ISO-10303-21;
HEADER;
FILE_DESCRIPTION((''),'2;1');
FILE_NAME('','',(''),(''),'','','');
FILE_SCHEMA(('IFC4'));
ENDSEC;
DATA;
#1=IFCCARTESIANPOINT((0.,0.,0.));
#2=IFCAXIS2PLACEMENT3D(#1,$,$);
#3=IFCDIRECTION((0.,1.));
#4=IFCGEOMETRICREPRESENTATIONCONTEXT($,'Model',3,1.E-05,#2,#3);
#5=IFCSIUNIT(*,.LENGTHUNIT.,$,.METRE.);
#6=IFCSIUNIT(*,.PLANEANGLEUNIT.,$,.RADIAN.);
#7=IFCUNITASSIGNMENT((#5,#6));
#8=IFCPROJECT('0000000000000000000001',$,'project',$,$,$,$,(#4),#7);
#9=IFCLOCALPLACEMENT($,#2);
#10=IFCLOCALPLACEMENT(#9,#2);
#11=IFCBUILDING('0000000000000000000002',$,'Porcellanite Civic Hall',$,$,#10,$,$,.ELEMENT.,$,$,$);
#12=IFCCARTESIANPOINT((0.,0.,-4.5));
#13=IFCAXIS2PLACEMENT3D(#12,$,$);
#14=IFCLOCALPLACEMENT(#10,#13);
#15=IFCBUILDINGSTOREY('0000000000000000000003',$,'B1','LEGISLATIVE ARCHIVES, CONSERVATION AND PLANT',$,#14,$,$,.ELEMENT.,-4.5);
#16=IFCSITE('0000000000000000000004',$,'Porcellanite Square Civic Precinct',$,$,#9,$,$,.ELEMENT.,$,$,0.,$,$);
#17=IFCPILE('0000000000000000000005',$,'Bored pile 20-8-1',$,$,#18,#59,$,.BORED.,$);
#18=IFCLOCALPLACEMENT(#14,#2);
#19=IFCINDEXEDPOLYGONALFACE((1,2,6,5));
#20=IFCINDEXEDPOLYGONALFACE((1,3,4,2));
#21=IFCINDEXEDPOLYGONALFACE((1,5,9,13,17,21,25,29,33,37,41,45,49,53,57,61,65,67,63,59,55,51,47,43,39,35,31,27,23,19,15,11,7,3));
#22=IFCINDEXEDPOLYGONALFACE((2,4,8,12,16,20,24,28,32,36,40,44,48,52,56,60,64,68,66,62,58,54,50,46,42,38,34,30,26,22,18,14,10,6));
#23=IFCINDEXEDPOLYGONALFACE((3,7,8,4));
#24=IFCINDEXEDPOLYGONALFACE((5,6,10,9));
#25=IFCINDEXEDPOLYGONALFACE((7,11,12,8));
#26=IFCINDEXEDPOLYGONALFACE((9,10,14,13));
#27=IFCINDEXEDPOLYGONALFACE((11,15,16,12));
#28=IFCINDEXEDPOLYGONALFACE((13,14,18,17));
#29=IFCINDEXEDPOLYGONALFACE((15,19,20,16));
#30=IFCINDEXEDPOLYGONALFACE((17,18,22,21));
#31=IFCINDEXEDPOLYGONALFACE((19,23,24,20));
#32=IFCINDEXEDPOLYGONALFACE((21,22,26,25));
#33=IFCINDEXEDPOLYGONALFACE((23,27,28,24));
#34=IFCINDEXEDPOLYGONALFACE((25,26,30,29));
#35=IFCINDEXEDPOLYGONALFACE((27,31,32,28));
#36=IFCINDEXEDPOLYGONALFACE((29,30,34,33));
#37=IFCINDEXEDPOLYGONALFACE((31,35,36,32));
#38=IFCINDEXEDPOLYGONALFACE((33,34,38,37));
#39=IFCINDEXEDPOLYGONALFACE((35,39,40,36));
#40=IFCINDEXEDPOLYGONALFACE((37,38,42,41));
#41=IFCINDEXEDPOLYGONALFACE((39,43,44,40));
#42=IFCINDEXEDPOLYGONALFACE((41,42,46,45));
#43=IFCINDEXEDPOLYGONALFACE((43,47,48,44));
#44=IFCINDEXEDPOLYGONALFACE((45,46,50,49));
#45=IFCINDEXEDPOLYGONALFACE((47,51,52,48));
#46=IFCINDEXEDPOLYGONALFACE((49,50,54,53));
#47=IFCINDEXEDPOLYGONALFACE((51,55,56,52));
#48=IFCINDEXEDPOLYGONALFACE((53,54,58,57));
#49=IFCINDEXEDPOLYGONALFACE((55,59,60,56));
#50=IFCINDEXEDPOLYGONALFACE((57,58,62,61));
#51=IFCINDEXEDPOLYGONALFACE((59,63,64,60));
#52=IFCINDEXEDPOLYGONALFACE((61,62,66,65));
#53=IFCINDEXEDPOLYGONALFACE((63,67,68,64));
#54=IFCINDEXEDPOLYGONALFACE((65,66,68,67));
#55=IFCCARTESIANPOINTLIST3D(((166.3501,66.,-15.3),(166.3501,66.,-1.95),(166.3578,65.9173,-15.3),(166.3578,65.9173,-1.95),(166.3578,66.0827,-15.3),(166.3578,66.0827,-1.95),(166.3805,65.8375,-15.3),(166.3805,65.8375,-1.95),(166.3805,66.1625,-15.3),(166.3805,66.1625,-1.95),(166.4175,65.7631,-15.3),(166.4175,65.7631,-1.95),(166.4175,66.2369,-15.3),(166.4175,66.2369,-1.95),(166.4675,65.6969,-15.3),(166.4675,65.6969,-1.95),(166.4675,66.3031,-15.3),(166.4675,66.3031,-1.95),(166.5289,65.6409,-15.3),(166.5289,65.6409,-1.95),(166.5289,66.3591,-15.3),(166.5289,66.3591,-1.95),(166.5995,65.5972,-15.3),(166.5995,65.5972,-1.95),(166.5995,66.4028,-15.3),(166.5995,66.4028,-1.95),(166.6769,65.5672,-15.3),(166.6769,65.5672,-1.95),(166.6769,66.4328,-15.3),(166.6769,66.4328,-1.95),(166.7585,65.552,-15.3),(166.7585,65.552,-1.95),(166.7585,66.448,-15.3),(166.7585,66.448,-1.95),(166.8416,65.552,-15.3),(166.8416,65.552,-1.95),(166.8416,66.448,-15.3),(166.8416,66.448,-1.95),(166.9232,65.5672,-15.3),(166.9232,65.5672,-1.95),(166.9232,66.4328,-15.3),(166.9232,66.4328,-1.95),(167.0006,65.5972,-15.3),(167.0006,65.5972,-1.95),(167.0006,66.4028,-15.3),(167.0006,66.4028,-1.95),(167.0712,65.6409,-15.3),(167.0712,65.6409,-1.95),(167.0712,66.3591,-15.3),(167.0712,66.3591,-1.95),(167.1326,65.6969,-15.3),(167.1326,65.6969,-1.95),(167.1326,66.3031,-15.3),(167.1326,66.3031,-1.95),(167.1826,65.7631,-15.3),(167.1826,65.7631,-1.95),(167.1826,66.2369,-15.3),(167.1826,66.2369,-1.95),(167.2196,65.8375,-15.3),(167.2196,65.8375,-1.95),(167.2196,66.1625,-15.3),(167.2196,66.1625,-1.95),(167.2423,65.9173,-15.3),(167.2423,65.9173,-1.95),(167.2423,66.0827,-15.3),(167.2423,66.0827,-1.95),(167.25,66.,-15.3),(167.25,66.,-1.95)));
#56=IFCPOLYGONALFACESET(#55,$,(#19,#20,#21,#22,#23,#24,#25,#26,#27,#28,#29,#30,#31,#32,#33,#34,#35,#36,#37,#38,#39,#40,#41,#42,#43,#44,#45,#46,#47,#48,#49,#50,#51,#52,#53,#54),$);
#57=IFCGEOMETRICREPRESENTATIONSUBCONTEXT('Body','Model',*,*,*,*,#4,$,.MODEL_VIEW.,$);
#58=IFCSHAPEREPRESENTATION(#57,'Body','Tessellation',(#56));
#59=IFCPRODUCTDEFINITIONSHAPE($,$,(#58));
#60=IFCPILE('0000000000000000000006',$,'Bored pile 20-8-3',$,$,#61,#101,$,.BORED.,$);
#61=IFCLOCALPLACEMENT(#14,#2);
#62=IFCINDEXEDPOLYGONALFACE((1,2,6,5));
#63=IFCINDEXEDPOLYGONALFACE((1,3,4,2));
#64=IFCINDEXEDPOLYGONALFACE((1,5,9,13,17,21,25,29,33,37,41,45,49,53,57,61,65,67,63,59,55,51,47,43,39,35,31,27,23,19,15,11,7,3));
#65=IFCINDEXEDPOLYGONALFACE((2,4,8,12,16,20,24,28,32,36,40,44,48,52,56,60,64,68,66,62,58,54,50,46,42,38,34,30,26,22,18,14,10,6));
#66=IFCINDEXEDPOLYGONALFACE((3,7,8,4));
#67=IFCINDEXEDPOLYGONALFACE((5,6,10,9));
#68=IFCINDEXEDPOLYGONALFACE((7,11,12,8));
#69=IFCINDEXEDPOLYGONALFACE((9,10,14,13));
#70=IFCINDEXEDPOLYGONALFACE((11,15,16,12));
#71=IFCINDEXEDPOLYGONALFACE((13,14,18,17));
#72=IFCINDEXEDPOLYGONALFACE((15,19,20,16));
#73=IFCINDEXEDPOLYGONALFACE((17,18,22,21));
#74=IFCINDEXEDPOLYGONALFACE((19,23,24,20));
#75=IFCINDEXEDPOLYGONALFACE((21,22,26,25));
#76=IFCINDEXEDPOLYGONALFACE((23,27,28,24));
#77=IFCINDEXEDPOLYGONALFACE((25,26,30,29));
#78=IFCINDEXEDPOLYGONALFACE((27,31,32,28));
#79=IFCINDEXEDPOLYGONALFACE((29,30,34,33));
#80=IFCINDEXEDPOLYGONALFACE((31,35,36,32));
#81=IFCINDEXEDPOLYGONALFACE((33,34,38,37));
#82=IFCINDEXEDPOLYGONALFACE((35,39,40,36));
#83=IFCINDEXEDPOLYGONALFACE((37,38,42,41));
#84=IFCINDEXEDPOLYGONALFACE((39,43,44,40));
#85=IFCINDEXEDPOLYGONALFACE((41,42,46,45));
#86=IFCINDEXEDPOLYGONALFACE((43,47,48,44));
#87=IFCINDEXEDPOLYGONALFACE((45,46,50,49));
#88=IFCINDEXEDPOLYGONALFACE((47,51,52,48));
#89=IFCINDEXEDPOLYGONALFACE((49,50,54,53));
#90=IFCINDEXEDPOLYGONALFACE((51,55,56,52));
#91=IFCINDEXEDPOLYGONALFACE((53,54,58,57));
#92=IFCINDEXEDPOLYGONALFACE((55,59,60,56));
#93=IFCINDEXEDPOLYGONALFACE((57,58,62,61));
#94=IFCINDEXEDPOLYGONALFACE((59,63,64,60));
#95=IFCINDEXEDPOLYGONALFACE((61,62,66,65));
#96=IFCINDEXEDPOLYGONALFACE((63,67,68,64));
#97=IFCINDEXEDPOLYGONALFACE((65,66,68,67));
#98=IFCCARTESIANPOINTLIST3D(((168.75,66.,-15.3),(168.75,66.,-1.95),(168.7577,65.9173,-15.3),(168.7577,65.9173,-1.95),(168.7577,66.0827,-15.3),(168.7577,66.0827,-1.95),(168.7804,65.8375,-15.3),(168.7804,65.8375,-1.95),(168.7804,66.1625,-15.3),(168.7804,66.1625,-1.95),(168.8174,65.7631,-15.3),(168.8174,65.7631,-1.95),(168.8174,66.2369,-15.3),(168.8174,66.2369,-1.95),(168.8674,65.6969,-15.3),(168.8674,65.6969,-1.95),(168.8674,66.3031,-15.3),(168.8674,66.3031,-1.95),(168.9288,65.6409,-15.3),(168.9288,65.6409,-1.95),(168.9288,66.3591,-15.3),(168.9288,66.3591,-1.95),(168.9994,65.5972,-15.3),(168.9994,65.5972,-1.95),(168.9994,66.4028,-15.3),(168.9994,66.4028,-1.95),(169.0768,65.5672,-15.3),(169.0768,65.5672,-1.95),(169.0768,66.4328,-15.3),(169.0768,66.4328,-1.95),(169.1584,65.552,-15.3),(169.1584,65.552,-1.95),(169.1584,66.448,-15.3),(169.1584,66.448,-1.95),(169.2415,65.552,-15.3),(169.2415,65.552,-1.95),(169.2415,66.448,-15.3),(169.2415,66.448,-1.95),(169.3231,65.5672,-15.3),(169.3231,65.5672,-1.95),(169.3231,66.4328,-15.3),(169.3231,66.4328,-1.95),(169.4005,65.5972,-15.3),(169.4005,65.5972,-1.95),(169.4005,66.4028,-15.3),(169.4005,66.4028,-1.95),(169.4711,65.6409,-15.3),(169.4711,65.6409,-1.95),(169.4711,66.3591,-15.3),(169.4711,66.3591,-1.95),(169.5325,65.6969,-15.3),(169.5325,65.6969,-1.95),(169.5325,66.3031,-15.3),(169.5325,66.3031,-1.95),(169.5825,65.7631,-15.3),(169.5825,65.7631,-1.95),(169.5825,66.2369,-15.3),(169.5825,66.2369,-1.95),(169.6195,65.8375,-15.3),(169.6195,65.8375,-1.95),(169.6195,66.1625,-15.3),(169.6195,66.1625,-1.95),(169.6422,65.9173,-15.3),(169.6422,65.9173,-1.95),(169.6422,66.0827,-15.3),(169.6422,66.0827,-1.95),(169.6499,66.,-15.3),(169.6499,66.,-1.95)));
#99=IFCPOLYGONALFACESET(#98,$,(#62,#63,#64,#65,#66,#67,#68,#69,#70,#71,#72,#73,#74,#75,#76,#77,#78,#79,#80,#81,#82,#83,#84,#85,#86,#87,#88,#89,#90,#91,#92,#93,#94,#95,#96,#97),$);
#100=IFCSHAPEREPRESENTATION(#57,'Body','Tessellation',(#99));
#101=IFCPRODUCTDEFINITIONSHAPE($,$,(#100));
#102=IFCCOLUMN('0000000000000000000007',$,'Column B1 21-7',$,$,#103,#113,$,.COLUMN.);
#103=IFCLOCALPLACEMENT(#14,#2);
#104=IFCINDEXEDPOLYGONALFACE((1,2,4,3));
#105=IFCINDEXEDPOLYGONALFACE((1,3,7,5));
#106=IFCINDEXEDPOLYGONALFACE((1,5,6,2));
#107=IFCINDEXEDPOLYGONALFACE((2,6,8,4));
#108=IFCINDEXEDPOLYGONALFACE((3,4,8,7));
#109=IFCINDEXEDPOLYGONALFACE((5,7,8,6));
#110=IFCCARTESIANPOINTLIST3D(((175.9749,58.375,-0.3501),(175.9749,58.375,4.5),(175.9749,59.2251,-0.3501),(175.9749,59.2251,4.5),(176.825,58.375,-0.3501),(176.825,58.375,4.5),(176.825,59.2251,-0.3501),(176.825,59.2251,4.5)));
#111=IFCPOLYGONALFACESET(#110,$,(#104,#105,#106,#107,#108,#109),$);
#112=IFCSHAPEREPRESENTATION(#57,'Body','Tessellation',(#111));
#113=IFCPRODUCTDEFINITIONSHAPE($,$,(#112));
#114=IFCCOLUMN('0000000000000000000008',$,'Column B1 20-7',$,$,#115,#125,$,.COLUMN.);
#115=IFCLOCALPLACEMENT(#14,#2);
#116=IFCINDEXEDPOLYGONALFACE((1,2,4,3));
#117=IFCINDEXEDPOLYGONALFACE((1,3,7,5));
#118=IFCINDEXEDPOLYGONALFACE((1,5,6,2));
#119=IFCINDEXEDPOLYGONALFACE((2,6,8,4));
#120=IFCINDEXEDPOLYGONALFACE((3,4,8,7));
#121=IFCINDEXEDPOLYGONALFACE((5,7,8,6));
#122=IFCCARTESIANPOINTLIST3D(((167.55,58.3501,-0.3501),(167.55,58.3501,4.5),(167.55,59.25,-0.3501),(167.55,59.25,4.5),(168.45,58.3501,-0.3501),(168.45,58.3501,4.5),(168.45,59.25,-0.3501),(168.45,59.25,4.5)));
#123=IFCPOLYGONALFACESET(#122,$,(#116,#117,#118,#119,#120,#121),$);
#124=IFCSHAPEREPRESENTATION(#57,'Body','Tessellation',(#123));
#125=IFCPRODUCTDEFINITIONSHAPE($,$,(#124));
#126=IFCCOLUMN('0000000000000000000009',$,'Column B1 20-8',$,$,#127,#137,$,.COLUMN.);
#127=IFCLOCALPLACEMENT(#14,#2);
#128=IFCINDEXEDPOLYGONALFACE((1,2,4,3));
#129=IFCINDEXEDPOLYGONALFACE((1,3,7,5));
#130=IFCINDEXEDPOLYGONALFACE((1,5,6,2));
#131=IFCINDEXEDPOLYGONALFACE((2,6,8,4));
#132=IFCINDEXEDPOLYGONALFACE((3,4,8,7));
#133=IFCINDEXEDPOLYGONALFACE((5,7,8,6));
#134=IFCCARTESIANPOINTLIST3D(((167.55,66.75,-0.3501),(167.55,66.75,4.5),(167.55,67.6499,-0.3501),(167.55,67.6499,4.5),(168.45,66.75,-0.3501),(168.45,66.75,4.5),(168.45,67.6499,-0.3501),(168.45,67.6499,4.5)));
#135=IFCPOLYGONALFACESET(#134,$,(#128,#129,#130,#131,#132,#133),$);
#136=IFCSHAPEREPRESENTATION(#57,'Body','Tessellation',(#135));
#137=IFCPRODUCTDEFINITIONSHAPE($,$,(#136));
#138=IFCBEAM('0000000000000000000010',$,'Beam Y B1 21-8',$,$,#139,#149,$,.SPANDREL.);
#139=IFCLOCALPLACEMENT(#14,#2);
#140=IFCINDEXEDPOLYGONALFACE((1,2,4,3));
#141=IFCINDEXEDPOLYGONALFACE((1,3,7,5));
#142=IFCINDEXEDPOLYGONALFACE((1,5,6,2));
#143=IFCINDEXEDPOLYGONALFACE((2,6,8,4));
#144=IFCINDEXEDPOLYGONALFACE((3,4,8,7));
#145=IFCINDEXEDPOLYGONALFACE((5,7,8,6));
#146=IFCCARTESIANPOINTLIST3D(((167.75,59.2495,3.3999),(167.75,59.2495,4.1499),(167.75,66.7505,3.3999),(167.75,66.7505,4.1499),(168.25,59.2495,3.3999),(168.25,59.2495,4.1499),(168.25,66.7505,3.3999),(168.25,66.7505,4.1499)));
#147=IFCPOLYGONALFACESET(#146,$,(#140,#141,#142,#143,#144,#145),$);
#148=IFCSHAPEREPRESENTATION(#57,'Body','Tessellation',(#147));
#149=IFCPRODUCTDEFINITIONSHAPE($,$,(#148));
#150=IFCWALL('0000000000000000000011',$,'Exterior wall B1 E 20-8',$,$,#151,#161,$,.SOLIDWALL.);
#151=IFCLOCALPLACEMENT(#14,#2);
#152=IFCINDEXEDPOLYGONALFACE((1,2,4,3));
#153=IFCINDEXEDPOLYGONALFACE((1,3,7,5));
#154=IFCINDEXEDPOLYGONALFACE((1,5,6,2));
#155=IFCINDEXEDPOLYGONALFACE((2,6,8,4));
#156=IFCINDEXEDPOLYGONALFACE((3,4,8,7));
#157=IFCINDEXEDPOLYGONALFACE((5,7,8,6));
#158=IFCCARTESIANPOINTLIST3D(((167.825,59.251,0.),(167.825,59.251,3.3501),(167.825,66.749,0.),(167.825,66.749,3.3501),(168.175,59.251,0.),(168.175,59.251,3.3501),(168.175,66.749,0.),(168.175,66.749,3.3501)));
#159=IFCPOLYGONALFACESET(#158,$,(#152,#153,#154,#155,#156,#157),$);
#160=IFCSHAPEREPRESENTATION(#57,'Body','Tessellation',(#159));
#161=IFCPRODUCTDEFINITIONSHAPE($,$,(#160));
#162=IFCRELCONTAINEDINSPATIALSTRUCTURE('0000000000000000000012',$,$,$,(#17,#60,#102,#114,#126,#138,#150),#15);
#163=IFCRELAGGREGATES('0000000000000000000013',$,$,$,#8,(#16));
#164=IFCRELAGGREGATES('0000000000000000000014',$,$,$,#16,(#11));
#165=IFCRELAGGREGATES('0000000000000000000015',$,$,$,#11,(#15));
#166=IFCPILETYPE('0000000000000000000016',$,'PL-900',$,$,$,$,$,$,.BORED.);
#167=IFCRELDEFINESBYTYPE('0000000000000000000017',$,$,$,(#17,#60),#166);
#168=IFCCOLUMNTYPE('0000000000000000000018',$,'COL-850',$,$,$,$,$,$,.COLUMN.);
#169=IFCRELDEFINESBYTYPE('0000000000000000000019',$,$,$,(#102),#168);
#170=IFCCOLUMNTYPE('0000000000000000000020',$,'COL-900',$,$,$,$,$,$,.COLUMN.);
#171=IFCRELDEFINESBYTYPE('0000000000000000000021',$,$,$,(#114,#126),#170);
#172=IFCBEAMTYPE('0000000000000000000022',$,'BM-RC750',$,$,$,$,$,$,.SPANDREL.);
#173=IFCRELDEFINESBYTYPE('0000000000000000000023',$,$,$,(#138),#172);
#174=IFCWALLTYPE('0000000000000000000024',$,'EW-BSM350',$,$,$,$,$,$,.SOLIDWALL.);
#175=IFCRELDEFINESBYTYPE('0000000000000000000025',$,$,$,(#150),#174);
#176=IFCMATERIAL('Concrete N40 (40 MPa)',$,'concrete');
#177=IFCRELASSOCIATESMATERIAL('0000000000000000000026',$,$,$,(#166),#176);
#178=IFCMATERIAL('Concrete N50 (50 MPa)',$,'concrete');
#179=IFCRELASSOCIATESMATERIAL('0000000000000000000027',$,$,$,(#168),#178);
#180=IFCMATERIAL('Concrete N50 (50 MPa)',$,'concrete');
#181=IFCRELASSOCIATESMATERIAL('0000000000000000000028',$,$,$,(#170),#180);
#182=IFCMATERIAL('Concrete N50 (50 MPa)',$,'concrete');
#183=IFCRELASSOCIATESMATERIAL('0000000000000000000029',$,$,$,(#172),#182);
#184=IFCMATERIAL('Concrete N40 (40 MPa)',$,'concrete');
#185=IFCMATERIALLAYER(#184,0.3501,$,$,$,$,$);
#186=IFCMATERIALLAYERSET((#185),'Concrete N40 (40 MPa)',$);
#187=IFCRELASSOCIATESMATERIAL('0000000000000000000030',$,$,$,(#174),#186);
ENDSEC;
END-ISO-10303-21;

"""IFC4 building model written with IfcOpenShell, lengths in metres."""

from ifc_helpers import new_model, si_unit, direction, frame, frame_2d, origin, origin_2d, place, context, subcontext, project, spatial, rectangle, circle, extrude, material, layer, layer_set, material_profile, profile_set, type_object, element, save


model = new_model("IFC4")

# Units and contexts
model_context = context("Model", 3, precision=1e-05, world=origin(), true_north=direction((0.0, 1.0)))
body_context = subcontext(model_context, "Body", "Model", "MODEL_VIEW")
ifc_project = project(units=[si_unit("LENGTHUNIT", "METRE"), si_unit("PLANEANGLEUNIT", "RADIAN")], contexts=[model_context])

# Site, building, storey
site_placement = place(None, origin())
site = spatial("IfcSite", under=ifc_project, at=site_placement, Name="Porcellanite Square Civic Precinct", CompositionType="ELEMENT", RefElevation=0.0)
building_placement = place(site_placement, origin())
building = spatial("IfcBuilding", under=site, at=building_placement, Name="Porcellanite Civic Hall", CompositionType="ELEMENT")
storey_placement = place(building_placement, frame((0.0, 0.0, -4.5)))
storey = spatial("IfcBuildingStorey", under=building, at=storey_placement, Name="B1", Description="LEGISLATIVE ARCHIVES, CONSERVATION AND PLANT", CompositionType="ELEMENT", Elevation=-4.5)

# Piles
ifc_material_1 = material(Name="Concrete N40 (40 MPa)", Category="concrete")
ifc_material_profile_1 = material_profile(ifc_material_1, circle(Radius=0.45, at=origin_2d()), Name="PILE-D900")
ifc_profile_set_1 = profile_set([ifc_material_profile_1], Name="Concrete N40 (40 MPa)")
pile_type_1 = type_object("IfcPileType", Name="PL-900", PredefinedType="BORED", material=ifc_profile_set_1)
for number, where, z_axis, x_axis, name in (
    (1, (166.8, 66.0, -1.95), (0.0, 0.0, -1.0), (1.0, 0.0, 0.0), "Bored pile 20-8-1"),
    (2, (169.2, 66.0, -1.95), (0.0, 0.0, -1.0), (1.0, 0.0, 0.0), "Bored pile 20-8-3"),
):
    element("IfcPile", number, at=place(storey_placement, frame(where, z_axis=z_axis, x_axis=x_axis)), inside=storey, type_object=pile_type_1, Name=name, PredefinedType="BORED", context=body_context, shape_type="SweptSolid", body=[
        extrude(circle(Radius=0.45, at=origin_2d()), origin(), (0.0, 0.0, 1.0), 13.3501),
    ])

# Columns
ifc_material_2 = material(Name="Concrete N50 (50 MPa)", Category="concrete")
ifc_material_profile_2 = material_profile(ifc_material_2, rectangle(XDim=0.8501, YDim=0.8501, at=origin_2d()), Name="RC-850x850")
ifc_profile_set_2 = profile_set([ifc_material_profile_2], Name="Concrete N50 (50 MPa)")
column_type_1 = type_object("IfcColumnType", Name="COL-850", PredefinedType="COLUMN", material=ifc_profile_set_2)
column_placement = place(storey_placement, frame((176.3999, 58.8, -0.3501), z_axis=(0.0, 0.0, 1.0), x_axis=(1.0, 0.0, 0.0)))
element("IfcColumn", 3, at=column_placement, inside=storey, type_object=column_type_1, Name="Column B1 21-7", PredefinedType="COLUMN", context=body_context, shape_type="SweptSolid", body=[
    extrude(rectangle(XDim=0.8501, YDim=0.8501, at=origin_2d()), origin(), (0.0, 0.0, 1.0), 4.8501),
])
ifc_material_3 = material(Name="Concrete N50 (50 MPa)", Category="concrete")
ifc_material_profile_3 = material_profile(ifc_material_3, rectangle(XDim=0.8999, YDim=0.8999, at=origin_2d()), Name="RC-900x900")
ifc_profile_set_3 = profile_set([ifc_material_profile_3], Name="Concrete N50 (50 MPa)")
column_type_2 = type_object("IfcColumnType", Name="COL-900", PredefinedType="COLUMN", material=ifc_profile_set_3)
for number, where, z_axis, x_axis, name in (
    (4, (168.0, 58.8, -0.3501), (0.0, 0.0, 1.0), (1.0, 0.0, 0.0), "Column B1 20-7"),
    (5, (168.0, 67.2, -0.3501), (0.0, 0.0, 1.0), (1.0, 0.0, 0.0), "Column B1 20-8"),
):
    element("IfcColumn", number, at=place(storey_placement, frame(where, z_axis=z_axis, x_axis=x_axis)), inside=storey, type_object=column_type_2, Name=name, PredefinedType="COLUMN", context=body_context, shape_type="SweptSolid", body=[
        extrude(rectangle(XDim=0.8999, YDim=0.8999, at=origin_2d()), origin(), (0.0, 0.0, 1.0), 4.8501),
    ])

# Beam
ifc_material_4 = material(Name="Concrete N50 (50 MPa)", Category="concrete")
ifc_material_profile_4 = material_profile(ifc_material_4, rectangle(XDim=0.5, YDim=0.75, at=origin_2d()), Name="RC-500x750")
ifc_profile_set_4 = profile_set([ifc_material_profile_4], Name="Concrete N50 (50 MPa)")
beam_type = type_object("IfcBeamType", Name="BM-RC750", PredefinedType="SPANDREL", material=ifc_profile_set_4)
beam_placement = place(storey_placement, frame((168.0, 59.2495, 3.7749), z_axis=(0.0, 1.0, 0.0), x_axis=(-1.0, 0.0, 0.0)))
element("IfcBeam", 6, at=beam_placement, inside=storey, type_object=beam_type, Name="Beam Y B1 21-8", PredefinedType="SPANDREL", context=body_context, shape_type="SweptSolid", body=[
    extrude(rectangle(XDim=0.5, YDim=0.75, at=origin_2d()), origin(), (0.0, 0.0, 1.0), 7.501),
])

# Wall
ifc_material_5 = material(Name="Concrete N40 (40 MPa)", Category="concrete")
ifc_layer = layer(ifc_material_5, 0.3501)
ifc_layer_set = layer_set([ifc_layer], Name="Concrete N40 (40 MPa)")
wall_type = type_object("IfcWallType", Name="EW-BSM350", PredefinedType="SOLIDWALL", material=ifc_layer_set)
wall_placement = place(storey_placement, frame((168.0, 66.749, 0.0), z_axis=(0.0, 0.0, 1.0), x_axis=(0.0, -1.0, 0.0)))
element("IfcWall", 7, at=wall_placement, inside=storey, type_object=wall_type, Name="Exterior wall B1 E 20-8", PredefinedType="SOLIDWALL", context=body_context, shape_type="SweptSolid", body=[
    extrude(rectangle(XDim=7.498, YDim=0.3501, at=frame_2d((3.749, 0.0))), origin(), (0.0, 0.0, 1.0), 3.3501),
])

save(model, "model.ifc")
